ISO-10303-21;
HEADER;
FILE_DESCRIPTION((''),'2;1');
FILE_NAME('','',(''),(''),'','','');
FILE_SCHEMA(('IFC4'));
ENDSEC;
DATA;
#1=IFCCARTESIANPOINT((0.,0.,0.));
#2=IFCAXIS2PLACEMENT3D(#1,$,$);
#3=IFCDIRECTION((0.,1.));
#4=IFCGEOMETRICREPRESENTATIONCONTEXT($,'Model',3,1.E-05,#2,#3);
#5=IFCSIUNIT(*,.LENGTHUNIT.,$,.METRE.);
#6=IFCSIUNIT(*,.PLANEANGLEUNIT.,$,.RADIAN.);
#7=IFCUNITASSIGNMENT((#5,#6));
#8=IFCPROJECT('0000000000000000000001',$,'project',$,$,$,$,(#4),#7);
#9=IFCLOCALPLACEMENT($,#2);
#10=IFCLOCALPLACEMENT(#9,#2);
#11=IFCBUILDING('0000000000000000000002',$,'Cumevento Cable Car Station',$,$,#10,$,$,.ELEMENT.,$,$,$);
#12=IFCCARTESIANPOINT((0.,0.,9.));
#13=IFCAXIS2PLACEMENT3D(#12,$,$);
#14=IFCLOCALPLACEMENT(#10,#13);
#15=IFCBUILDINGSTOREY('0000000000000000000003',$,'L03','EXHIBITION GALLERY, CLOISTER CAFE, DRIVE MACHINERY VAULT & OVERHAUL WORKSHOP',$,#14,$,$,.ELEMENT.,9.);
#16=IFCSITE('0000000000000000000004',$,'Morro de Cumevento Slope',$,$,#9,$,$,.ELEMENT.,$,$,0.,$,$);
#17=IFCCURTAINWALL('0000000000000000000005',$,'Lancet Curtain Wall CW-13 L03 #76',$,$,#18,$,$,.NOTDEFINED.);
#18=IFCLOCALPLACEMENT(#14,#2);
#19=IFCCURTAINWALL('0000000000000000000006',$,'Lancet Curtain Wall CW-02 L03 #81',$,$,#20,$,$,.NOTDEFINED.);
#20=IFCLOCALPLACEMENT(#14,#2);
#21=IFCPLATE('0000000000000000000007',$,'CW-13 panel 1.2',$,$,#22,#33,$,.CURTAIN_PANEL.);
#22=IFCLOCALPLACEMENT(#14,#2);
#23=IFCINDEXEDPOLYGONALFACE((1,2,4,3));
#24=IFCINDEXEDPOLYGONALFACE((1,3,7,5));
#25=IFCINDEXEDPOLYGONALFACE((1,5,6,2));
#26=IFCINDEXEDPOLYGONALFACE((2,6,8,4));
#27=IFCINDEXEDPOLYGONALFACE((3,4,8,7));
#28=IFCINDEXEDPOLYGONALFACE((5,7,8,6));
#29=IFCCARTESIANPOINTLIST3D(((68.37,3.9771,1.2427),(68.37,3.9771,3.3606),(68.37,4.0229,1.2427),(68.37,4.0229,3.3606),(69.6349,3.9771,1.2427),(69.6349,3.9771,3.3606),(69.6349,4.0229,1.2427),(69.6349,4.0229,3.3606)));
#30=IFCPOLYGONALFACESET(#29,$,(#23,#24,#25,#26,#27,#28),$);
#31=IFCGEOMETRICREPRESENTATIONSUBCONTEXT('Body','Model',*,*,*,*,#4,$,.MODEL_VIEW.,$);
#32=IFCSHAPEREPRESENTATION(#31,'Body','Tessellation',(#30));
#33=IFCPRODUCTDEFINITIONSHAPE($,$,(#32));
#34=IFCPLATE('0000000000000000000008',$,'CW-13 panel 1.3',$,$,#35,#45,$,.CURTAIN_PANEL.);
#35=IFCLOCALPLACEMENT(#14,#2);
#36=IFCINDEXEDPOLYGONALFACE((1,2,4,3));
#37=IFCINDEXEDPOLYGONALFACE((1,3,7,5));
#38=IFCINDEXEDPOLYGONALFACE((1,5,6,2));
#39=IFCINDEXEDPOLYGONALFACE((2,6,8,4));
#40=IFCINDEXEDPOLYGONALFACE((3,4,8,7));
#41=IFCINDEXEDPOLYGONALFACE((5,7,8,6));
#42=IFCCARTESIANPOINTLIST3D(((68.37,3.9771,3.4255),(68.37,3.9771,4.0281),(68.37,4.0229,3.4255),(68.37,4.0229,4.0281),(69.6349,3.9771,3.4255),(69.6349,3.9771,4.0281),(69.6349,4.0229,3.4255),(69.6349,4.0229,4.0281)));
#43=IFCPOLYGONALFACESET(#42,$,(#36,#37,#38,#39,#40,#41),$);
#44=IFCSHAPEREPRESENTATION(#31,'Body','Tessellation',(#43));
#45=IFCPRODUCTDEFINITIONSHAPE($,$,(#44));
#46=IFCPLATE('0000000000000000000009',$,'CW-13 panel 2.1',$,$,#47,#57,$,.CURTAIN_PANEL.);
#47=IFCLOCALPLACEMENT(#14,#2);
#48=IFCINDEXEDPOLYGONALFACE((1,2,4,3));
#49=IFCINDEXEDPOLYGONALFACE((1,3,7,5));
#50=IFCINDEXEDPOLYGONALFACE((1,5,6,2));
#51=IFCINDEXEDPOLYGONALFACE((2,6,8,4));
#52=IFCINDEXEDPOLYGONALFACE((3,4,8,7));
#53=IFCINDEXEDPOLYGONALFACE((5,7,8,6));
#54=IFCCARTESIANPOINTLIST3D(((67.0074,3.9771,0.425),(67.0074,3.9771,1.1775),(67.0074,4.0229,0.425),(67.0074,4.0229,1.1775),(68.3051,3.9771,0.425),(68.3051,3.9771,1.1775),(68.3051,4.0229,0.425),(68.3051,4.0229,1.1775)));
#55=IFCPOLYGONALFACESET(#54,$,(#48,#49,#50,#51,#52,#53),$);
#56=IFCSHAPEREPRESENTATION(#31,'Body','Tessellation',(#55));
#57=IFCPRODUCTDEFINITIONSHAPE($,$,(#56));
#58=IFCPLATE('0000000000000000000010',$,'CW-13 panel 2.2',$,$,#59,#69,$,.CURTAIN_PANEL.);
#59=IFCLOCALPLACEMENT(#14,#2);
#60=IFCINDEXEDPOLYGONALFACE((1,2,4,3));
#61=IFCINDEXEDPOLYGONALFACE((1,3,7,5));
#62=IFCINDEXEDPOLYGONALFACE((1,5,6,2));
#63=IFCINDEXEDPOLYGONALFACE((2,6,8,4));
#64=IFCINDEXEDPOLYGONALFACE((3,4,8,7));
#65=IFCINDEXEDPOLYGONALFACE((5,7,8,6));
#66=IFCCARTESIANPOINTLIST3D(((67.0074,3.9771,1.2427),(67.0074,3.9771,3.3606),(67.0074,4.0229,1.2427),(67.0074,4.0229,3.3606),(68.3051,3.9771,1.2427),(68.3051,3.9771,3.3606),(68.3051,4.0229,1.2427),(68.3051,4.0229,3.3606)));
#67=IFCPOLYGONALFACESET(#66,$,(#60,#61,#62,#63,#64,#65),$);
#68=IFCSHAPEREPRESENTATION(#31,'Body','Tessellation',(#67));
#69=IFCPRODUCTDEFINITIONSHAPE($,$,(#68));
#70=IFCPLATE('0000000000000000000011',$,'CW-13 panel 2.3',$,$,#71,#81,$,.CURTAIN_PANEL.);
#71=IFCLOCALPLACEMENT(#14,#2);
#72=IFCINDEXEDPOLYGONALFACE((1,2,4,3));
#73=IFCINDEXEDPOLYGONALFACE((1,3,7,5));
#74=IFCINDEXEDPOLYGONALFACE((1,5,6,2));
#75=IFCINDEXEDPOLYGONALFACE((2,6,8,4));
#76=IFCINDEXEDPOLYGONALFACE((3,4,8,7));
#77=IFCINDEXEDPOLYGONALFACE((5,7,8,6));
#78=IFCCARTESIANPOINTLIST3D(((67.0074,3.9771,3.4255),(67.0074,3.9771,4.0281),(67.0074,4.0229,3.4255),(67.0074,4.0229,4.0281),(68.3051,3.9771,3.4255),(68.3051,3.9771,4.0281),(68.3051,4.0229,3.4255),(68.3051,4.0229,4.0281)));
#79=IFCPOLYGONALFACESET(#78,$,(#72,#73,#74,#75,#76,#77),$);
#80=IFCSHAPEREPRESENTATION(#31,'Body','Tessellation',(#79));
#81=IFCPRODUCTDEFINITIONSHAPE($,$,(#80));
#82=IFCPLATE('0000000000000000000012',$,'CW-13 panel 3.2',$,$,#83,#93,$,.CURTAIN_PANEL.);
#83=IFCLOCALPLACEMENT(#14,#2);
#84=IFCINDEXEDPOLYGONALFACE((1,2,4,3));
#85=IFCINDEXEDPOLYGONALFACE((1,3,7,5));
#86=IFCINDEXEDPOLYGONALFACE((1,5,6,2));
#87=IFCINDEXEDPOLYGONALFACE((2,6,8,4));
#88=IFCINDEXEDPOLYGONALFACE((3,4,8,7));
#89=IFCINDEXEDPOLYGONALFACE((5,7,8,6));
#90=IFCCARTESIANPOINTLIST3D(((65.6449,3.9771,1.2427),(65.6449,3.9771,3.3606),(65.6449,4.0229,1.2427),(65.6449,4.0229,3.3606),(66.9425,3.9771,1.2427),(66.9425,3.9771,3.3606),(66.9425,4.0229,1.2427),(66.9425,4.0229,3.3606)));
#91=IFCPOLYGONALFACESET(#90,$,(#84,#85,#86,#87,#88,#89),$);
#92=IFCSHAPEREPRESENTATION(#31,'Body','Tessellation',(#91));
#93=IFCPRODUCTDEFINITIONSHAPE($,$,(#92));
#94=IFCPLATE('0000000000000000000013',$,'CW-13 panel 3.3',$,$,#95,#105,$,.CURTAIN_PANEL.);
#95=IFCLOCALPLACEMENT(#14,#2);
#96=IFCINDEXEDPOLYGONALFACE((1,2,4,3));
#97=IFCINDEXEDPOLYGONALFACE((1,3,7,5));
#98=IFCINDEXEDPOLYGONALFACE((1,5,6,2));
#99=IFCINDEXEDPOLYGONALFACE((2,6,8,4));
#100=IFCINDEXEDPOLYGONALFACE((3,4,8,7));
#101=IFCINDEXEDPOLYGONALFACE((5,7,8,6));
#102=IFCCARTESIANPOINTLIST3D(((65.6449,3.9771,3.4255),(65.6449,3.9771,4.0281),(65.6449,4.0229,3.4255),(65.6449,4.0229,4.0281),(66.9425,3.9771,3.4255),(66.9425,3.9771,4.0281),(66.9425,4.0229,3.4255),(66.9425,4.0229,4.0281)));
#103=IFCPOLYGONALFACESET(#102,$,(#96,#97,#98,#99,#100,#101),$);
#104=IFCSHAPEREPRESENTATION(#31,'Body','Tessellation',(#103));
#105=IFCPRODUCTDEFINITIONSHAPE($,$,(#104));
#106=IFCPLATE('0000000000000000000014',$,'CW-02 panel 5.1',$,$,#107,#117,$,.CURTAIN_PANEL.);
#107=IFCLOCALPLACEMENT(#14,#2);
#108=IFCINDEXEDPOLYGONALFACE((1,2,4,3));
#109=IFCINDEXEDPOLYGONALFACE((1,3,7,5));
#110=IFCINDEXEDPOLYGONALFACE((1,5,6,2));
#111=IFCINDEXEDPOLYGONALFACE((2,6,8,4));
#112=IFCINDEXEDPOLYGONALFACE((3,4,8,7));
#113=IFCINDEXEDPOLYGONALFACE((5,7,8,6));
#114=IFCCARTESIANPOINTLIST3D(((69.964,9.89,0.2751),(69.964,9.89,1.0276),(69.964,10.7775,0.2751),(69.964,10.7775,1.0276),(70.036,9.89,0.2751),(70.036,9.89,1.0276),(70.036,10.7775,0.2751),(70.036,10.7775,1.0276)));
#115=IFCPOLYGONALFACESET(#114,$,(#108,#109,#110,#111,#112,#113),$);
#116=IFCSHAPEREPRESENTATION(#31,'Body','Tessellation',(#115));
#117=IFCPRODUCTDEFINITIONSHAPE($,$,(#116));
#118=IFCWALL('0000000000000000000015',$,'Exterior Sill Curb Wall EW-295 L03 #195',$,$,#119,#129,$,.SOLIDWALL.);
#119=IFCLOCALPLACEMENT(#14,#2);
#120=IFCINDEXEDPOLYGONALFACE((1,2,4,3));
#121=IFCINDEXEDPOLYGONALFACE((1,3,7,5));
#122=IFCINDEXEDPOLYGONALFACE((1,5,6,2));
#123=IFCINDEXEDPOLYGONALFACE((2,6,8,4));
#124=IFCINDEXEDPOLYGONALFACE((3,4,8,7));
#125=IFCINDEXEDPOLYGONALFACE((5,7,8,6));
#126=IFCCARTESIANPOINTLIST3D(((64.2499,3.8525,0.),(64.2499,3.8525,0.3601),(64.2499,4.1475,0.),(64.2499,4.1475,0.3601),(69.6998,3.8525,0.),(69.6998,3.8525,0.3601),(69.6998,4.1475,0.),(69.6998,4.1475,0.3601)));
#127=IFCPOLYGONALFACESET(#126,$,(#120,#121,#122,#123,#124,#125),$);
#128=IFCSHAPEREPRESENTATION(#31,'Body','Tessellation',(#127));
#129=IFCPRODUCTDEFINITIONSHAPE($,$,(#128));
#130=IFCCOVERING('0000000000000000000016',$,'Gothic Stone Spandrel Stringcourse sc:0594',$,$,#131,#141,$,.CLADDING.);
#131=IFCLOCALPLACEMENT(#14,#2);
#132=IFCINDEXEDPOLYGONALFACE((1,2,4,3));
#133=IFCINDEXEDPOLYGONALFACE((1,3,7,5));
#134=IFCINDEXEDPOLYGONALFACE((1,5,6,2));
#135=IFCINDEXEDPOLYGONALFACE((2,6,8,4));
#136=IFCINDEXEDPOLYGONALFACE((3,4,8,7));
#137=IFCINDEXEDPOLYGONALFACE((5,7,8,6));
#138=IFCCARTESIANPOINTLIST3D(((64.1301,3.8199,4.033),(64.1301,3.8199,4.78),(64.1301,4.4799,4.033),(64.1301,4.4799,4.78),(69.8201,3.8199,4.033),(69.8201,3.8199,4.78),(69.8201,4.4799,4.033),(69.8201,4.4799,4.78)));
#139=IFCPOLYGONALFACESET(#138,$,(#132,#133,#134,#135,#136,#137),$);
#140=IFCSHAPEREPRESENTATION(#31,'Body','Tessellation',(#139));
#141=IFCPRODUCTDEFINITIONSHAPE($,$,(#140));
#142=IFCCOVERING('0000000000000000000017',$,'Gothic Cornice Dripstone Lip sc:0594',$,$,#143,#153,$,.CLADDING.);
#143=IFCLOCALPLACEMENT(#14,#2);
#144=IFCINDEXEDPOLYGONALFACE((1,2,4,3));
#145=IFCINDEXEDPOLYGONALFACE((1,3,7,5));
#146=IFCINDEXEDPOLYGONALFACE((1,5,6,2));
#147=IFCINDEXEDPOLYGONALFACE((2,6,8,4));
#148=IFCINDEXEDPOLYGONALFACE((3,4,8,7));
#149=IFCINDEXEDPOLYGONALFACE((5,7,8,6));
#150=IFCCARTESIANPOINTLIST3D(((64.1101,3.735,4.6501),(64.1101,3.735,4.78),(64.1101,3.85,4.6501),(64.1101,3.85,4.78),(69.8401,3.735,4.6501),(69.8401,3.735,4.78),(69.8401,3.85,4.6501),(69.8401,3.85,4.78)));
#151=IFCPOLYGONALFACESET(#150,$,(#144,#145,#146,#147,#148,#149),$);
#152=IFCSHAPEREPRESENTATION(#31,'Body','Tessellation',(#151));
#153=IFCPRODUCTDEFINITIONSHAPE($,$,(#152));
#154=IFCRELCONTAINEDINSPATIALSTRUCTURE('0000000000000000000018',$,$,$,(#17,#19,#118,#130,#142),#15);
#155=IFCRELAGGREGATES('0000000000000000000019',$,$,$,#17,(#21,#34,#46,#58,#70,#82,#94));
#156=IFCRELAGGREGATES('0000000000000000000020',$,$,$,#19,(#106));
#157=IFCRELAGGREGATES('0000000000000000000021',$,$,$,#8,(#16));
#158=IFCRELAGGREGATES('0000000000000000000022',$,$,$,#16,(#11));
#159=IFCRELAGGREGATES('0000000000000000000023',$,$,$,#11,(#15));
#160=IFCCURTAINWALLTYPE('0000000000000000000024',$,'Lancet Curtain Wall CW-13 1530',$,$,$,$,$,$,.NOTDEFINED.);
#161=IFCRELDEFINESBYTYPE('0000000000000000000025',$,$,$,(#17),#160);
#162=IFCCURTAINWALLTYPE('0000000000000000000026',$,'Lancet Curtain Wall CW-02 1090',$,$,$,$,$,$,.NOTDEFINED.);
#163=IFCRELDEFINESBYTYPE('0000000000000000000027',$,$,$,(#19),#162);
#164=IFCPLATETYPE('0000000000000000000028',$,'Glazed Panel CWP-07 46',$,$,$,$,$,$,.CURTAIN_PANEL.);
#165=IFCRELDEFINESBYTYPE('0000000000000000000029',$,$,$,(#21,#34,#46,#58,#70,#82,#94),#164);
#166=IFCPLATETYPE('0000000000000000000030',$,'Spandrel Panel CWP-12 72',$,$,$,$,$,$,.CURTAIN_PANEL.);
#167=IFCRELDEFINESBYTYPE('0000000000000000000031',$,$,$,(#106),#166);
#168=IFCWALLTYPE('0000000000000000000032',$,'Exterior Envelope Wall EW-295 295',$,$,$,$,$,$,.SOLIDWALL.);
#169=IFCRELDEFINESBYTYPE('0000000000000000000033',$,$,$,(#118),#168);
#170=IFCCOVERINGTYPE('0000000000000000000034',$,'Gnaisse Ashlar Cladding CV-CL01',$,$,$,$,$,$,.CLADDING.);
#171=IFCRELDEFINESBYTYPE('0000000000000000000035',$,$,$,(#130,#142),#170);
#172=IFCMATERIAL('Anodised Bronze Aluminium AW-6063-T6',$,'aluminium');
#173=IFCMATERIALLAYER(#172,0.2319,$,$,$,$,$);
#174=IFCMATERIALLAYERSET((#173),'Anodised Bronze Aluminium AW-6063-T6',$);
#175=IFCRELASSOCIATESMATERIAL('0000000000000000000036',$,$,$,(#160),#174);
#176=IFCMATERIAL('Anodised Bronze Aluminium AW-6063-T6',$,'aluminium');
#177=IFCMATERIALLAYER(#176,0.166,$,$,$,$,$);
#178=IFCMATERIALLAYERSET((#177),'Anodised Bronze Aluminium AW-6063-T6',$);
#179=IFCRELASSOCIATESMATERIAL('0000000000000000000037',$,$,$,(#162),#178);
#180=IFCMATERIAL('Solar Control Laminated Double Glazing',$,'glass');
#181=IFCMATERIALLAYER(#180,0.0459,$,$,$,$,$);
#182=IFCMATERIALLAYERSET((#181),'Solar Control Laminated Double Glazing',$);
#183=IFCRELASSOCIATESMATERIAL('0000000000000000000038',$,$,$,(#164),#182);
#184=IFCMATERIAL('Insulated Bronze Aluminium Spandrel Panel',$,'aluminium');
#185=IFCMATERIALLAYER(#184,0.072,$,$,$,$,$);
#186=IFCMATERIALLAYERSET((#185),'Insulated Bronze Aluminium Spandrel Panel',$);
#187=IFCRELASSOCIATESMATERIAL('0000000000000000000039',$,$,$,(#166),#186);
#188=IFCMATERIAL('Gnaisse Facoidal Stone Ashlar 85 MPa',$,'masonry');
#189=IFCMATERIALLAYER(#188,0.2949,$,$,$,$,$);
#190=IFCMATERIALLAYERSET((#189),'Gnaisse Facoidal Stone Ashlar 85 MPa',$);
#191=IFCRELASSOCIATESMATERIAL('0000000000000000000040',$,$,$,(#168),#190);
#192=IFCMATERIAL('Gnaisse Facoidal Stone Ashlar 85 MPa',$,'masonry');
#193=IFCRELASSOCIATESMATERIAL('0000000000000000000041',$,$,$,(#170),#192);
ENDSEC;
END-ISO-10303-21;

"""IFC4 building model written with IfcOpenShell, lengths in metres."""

from ifc_helpers import new_model, si_unit, direction, frame, frame_2d, origin, origin_2d, place, context, subcontext, project, spatial, rectangle, extrude, material, layer, layer_set, type_object, element, aggregate, save


model = new_model("IFC4")

# Units and contexts
model_context = context("Model", 3, precision=1e-05, world=origin(), true_north=direction((0.0, 1.0)))
body_context = subcontext(model_context, "Body", "Model", "MODEL_VIEW")
ifc_project = project(units=[si_unit("LENGTHUNIT", "METRE"), si_unit("PLANEANGLEUNIT", "RADIAN")], contexts=[model_context])

# Site, building, storey
site_placement = place(None, origin())
site = spatial("IfcSite", under=ifc_project, at=site_placement, Name="Morro de Cumevento Slope", CompositionType="ELEMENT", RefElevation=0.0)
building_placement = place(site_placement, origin())
building = spatial("IfcBuilding", under=site, at=building_placement, Name="Cumevento Cable Car Station", CompositionType="ELEMENT")
storey_placement = place(building_placement, frame((0.0, 0.0, 9.0)))
storey = spatial("IfcBuildingStorey", under=building, at=storey_placement, Name="L03", Description="EXHIBITION GALLERY, CLOISTER CAFE, DRIVE MACHINERY VAULT & OVERHAUL WORKSHOP", CompositionType="ELEMENT", Elevation=9.0)

# Curtain wall
ifc_material_1 = material(Name="Anodised Bronze Aluminium AW-6063-T6", Category="aluminium")
ifc_layer_1 = layer(ifc_material_1, 0.2319)
ifc_layer_set_1 = layer_set([ifc_layer_1], Name="Anodised Bronze Aluminium AW-6063-T6")
curtain_wall_type_1 = type_object("IfcCurtainWallType", Name="Lancet Curtain Wall CW-13 1530", PredefinedType="NOTDEFINED", material=ifc_layer_set_1)
curtain_wall_1_placement = place(storey_placement, origin())
curtain_wall_1 = element("IfcCurtainWall", 1, at=curtain_wall_1_placement, inside=storey, type_object=curtain_wall_type_1, Name="Lancet Curtain Wall CW-13 L03 #76", PredefinedType="NOTDEFINED")

# Curtain wall
ifc_material_2 = material(Name="Anodised Bronze Aluminium AW-6063-T6", Category="aluminium")
ifc_layer_2 = layer(ifc_material_2, 0.166)
ifc_layer_set_2 = layer_set([ifc_layer_2], Name="Anodised Bronze Aluminium AW-6063-T6")
curtain_wall_type_2 = type_object("IfcCurtainWallType", Name="Lancet Curtain Wall CW-02 1090", PredefinedType="NOTDEFINED", material=ifc_layer_set_2)
curtain_wall_2_placement = place(storey_placement, origin())
curtain_wall_2 = element("IfcCurtainWall", 2, at=curtain_wall_2_placement, inside=storey, type_object=curtain_wall_type_2, Name="Lancet Curtain Wall CW-02 L03 #81", PredefinedType="NOTDEFINED")

# Plates
ifc_material_3 = material(Name="Solar Control Laminated Double Glazing", Category="glass")
ifc_layer_3 = layer(ifc_material_3, 0.0459)
ifc_layer_set_3 = layer_set([ifc_layer_3], Name="Solar Control Laminated Double Glazing")
plate_type_1 = type_object("IfcPlateType", Name="Glazed Panel CWP-07 46", PredefinedType="CURTAIN_PANEL", material=ifc_layer_set_3)
plate_1_placement = place(storey_placement, frame((69.0024, 4.0, 1.2427), z_axis=(0.0, 0.0, 1.0), x_axis=(-1.0, 0.0, 0.0)))
plate_1 = element("IfcPlate", 3, at=plate_1_placement, type_object=plate_type_1, Name="CW-13 panel 1.2", PredefinedType="CURTAIN_PANEL", context=body_context, shape_type="SweptSolid", body=[
    extrude(rectangle(XDim=1.2649, YDim=0.0459, at=origin_2d()), origin(), (0.0, 0.0, 1.0), 2.1179),
])
plate_2_placement = place(storey_placement, frame((69.0024, 4.0, 3.4255), z_axis=(0.0, 0.0, 1.0), x_axis=(-1.0, 0.0, 0.0)))
plate_2 = element("IfcPlate", 4, at=plate_2_placement, type_object=plate_type_1, Name="CW-13 panel 1.3", PredefinedType="CURTAIN_PANEL", context=body_context, shape_type="SweptSolid", body=[
    extrude(rectangle(XDim=1.2649, YDim=0.0459, at=origin_2d()), origin(), (0.0, 0.0, 1.0), 0.6025),
])
plate_3_placement = place(storey_placement, frame((67.6562, 4.0, 0.425), z_axis=(0.0, 0.0, 1.0), x_axis=(-1.0, 0.0, 0.0)))
plate_3 = element("IfcPlate", 5, at=plate_3_placement, type_object=plate_type_1, Name="CW-13 panel 2.1", PredefinedType="CURTAIN_PANEL", context=body_context, shape_type="SweptSolid", body=[
    extrude(rectangle(XDim=1.2976, YDim=0.0459, at=origin_2d()), origin(), (0.0, 0.0, 1.0), 0.7524),
])
plate_4_placement = place(storey_placement, frame((67.6562, 4.0, 1.2427), z_axis=(0.0, 0.0, 1.0), x_axis=(-1.0, 0.0, 0.0)))
plate_4 = element("IfcPlate", 6, at=plate_4_placement, type_object=plate_type_1, Name="CW-13 panel 2.2", PredefinedType="CURTAIN_PANEL", context=body_context, shape_type="SweptSolid", body=[
    extrude(rectangle(XDim=1.2976, YDim=0.0459, at=origin_2d()), origin(), (0.0, 0.0, 1.0), 2.1179),
])
plate_5_placement = place(storey_placement, frame((67.6562, 4.0, 3.4255), z_axis=(0.0, 0.0, 1.0), x_axis=(-1.0, 0.0, 0.0)))
plate_5 = element("IfcPlate", 7, at=plate_5_placement, type_object=plate_type_1, Name="CW-13 panel 2.3", PredefinedType="CURTAIN_PANEL", context=body_context, shape_type="SweptSolid", body=[
    extrude(rectangle(XDim=1.2976, YDim=0.0459, at=origin_2d()), origin(), (0.0, 0.0, 1.0), 0.6025),
])
plate_6_placement = place(storey_placement, frame((66.2937, 4.0, 1.2427), z_axis=(0.0, 0.0, 1.0), x_axis=(-1.0, 0.0, 0.0)))
plate_6 = element("IfcPlate", 8, at=plate_6_placement, type_object=plate_type_1, Name="CW-13 panel 3.2", PredefinedType="CURTAIN_PANEL", context=body_context, shape_type="SweptSolid", body=[
    extrude(rectangle(XDim=1.2976, YDim=0.0459, at=origin_2d()), origin(), (0.0, 0.0, 1.0), 2.1179),
])
plate_7_placement = place(storey_placement, frame((66.2937, 4.0, 3.4255), z_axis=(0.0, 0.0, 1.0), x_axis=(-1.0, 0.0, 0.0)))
plate_7 = element("IfcPlate", 9, at=plate_7_placement, type_object=plate_type_1, Name="CW-13 panel 3.3", PredefinedType="CURTAIN_PANEL", context=body_context, shape_type="SweptSolid", body=[
    extrude(rectangle(XDim=1.2976, YDim=0.0459, at=origin_2d()), origin(), (0.0, 0.0, 1.0), 0.6025),
])
aggregate(curtain_wall_1, [plate_1, plate_2, plate_3, plate_4, plate_5, plate_6, plate_7])
ifc_material_4 = material(Name="Insulated Bronze Aluminium Spandrel Panel", Category="aluminium")
ifc_layer_4 = layer(ifc_material_4, 0.072)
ifc_layer_set_4 = layer_set([ifc_layer_4], Name="Insulated Bronze Aluminium Spandrel Panel")
plate_type_2 = type_object("IfcPlateType", Name="Spandrel Panel CWP-12 72", PredefinedType="CURTAIN_PANEL", material=ifc_layer_set_4)
plate_8_placement = place(storey_placement, frame((70.0, 10.3337, 0.2751), z_axis=(0.0, 0.0, 1.0), x_axis=(0.0, -1.0, 0.0)))
plate_8 = element("IfcPlate", 10, at=plate_8_placement, type_object=plate_type_2, Name="CW-02 panel 5.1", PredefinedType="CURTAIN_PANEL", context=body_context, shape_type="SweptSolid", body=[
    extrude(rectangle(XDim=0.8875, YDim=0.072, at=origin_2d()), origin(), (0.0, 0.0, 1.0), 0.7524),
])
aggregate(curtain_wall_2, [plate_8])

# Wall
ifc_material_5 = material(Name="Gnaisse Facoidal Stone Ashlar 85 MPa", Category="masonry")
ifc_layer_5 = layer(ifc_material_5, 0.2949)
ifc_layer_set_5 = layer_set([ifc_layer_5], Name="Gnaisse Facoidal Stone Ashlar 85 MPa")
wall_type = type_object("IfcWallType", Name="Exterior Envelope Wall EW-295 295", PredefinedType="SOLIDWALL", material=ifc_layer_set_5)
wall_placement = place(storey_placement, frame((69.7, 4.0, 0.0), z_axis=(0.0, 0.0, 1.0), x_axis=(-1.0, 0.0, 0.0)))
element("IfcWall", 11, at=wall_placement, inside=storey, type_object=wall_type, Name="Exterior Sill Curb Wall EW-295 L03 #195", PredefinedType="SOLIDWALL", context=body_context, shape_type="SweptSolid", body=[
    extrude(rectangle(XDim=5.45, YDim=0.2949, at=frame_2d((2.7251, 0.0))), origin(), (0.0, 0.0, 1.0), 0.3601),
])

# Coverings
ifc_material_6 = material(Name="Gnaisse Facoidal Stone Ashlar 85 MPa", Category="masonry")
covering_type = type_object("IfcCoveringType", Name="Gnaisse Ashlar Cladding CV-CL01", PredefinedType="CLADDING", material=ifc_material_6)
covering_1_placement = place(storey_placement, frame((66.9751, 4.1499, 4.033), z_axis=(0.0, 0.0, 1.0), x_axis=(-1.0, 0.0, 0.0)))
element("IfcCovering", 12, at=covering_1_placement, inside=storey, type_object=covering_type, Name="Gothic Stone Spandrel Stringcourse sc:0594", PredefinedType="CLADDING", context=body_context, shape_type="SweptSolid", body=[
    extrude(rectangle(XDim=5.6899, YDim=0.6599, at=origin_2d()), origin(), (0.0, 0.0, 1.0), 0.7471),
])
covering_2_placement = place(storey_placement, frame((66.9751, 3.7925, 4.6501), z_axis=(0.0, 0.0, 1.0), x_axis=(-1.0, 0.0, 0.0)))
element("IfcCovering", 13, at=covering_2_placement, inside=storey, type_object=covering_type, Name="Gothic Cornice Dripstone Lip sc:0594", PredefinedType="CLADDING", context=body_context, shape_type="SweptSolid", body=[
    extrude(rectangle(XDim=5.73, YDim=0.115, at=origin_2d()), origin(), (0.0, 0.0, 1.0), 0.1299),
])

save(model, "model.ifc")
